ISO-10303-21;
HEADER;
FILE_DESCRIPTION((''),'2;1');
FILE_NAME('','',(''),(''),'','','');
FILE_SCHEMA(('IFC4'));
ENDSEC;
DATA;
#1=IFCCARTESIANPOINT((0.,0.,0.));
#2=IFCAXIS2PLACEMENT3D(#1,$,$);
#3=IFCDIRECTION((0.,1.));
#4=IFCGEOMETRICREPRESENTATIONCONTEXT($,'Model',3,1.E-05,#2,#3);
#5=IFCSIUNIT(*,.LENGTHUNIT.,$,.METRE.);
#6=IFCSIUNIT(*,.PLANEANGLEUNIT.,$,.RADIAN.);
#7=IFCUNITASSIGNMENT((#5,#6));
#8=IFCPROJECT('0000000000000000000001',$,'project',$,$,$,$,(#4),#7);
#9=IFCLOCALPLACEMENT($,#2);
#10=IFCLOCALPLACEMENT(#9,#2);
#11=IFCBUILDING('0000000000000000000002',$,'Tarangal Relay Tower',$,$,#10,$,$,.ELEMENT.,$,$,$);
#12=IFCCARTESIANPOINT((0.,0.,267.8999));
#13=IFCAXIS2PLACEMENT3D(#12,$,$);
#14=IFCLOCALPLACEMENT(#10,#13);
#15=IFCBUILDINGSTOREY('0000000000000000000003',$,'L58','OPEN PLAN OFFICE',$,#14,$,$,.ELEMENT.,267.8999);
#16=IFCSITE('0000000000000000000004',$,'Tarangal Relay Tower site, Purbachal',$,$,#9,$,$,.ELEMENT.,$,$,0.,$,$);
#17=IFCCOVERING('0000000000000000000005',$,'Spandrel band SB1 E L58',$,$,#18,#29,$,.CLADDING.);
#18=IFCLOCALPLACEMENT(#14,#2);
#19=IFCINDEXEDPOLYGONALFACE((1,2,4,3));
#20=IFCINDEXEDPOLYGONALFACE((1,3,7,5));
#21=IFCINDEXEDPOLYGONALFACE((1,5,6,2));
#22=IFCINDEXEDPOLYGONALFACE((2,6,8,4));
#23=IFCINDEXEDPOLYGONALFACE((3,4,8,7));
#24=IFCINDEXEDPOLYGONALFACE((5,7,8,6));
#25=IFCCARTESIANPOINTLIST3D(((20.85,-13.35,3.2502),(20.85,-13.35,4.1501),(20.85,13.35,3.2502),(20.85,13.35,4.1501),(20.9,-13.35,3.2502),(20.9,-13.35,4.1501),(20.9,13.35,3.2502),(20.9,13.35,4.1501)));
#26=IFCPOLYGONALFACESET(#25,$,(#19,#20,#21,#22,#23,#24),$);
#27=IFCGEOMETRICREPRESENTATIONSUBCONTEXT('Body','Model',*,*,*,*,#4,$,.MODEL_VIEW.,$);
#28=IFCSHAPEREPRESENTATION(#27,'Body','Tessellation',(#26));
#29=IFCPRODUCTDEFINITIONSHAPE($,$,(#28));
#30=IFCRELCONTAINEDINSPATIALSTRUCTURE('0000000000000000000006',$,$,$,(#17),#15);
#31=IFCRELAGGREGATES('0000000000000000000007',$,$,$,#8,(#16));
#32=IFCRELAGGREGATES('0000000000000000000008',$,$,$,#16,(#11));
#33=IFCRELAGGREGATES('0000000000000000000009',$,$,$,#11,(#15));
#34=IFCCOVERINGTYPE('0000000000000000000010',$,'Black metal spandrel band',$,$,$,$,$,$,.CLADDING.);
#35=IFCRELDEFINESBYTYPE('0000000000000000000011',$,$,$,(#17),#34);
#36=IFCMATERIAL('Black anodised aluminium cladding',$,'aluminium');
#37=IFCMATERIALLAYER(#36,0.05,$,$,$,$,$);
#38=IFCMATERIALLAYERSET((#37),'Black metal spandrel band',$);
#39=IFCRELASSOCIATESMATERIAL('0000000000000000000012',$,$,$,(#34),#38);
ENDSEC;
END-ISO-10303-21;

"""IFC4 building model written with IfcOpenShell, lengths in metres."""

from ifc_helpers import new_model, si_unit, direction, frame, origin, origin_2d, place, context, subcontext, project, spatial, rectangle, extrude, material, layer, layer_set, type_object, element, save


model = new_model("IFC4")

# Units and contexts
model_context = context("Model", 3, precision=1e-05, world=origin(), true_north=direction((0.0, 1.0)))
body_context = subcontext(model_context, "Body", "Model", "MODEL_VIEW")
ifc_project = project(units=[si_unit("LENGTHUNIT", "METRE"), si_unit("PLANEANGLEUNIT", "RADIAN")], contexts=[model_context])

# Site, building, storey
site_placement = place(None, origin())
site = spatial("IfcSite", under=ifc_project, at=site_placement, Name="Tarangal Relay Tower site, Purbachal", CompositionType="ELEMENT", RefElevation=0.0)
building_placement = place(site_placement, origin())
building = spatial("IfcBuilding", under=site, at=building_placement, Name="Tarangal Relay Tower", CompositionType="ELEMENT")
storey_placement = place(building_placement, frame((0.0, 0.0, 267.8999)))
storey = spatial("IfcBuildingStorey", under=building, at=storey_placement, Name="L58", Description="OPEN PLAN OFFICE", CompositionType="ELEMENT", Elevation=267.8999)

# Covering
ifc_material_1 = material(Name="Black anodised aluminium cladding", Category="aluminium")
ifc_layer_1 = layer(ifc_material_1, 0.05)
ifc_layer_set_1 = layer_set([ifc_layer_1], Name="Black metal spandrel band")
covering_type = type_object("IfcCoveringType", Name="Black metal spandrel band", PredefinedType="CLADDING", material=ifc_layer_set_1)
covering_placement = place(storey_placement, frame((20.875, 0.0, 3.2502), z_axis=(0.0, 0.0, 1.0), x_axis=(0.0, -1.0, 0.0)))
element("IfcCovering", 1, at=covering_placement, inside=storey, type_object=covering_type, Name="Spandrel band SB1 E L58", PredefinedType="CLADDING", context=body_context, shape_type="SweptSolid", body=[
    extrude(rectangle(XDim=26.7, YDim=0.05, at=origin_2d()), origin(), (0.0, 0.0, 1.0), 0.8999),
])

save(model, "model.ifc")
